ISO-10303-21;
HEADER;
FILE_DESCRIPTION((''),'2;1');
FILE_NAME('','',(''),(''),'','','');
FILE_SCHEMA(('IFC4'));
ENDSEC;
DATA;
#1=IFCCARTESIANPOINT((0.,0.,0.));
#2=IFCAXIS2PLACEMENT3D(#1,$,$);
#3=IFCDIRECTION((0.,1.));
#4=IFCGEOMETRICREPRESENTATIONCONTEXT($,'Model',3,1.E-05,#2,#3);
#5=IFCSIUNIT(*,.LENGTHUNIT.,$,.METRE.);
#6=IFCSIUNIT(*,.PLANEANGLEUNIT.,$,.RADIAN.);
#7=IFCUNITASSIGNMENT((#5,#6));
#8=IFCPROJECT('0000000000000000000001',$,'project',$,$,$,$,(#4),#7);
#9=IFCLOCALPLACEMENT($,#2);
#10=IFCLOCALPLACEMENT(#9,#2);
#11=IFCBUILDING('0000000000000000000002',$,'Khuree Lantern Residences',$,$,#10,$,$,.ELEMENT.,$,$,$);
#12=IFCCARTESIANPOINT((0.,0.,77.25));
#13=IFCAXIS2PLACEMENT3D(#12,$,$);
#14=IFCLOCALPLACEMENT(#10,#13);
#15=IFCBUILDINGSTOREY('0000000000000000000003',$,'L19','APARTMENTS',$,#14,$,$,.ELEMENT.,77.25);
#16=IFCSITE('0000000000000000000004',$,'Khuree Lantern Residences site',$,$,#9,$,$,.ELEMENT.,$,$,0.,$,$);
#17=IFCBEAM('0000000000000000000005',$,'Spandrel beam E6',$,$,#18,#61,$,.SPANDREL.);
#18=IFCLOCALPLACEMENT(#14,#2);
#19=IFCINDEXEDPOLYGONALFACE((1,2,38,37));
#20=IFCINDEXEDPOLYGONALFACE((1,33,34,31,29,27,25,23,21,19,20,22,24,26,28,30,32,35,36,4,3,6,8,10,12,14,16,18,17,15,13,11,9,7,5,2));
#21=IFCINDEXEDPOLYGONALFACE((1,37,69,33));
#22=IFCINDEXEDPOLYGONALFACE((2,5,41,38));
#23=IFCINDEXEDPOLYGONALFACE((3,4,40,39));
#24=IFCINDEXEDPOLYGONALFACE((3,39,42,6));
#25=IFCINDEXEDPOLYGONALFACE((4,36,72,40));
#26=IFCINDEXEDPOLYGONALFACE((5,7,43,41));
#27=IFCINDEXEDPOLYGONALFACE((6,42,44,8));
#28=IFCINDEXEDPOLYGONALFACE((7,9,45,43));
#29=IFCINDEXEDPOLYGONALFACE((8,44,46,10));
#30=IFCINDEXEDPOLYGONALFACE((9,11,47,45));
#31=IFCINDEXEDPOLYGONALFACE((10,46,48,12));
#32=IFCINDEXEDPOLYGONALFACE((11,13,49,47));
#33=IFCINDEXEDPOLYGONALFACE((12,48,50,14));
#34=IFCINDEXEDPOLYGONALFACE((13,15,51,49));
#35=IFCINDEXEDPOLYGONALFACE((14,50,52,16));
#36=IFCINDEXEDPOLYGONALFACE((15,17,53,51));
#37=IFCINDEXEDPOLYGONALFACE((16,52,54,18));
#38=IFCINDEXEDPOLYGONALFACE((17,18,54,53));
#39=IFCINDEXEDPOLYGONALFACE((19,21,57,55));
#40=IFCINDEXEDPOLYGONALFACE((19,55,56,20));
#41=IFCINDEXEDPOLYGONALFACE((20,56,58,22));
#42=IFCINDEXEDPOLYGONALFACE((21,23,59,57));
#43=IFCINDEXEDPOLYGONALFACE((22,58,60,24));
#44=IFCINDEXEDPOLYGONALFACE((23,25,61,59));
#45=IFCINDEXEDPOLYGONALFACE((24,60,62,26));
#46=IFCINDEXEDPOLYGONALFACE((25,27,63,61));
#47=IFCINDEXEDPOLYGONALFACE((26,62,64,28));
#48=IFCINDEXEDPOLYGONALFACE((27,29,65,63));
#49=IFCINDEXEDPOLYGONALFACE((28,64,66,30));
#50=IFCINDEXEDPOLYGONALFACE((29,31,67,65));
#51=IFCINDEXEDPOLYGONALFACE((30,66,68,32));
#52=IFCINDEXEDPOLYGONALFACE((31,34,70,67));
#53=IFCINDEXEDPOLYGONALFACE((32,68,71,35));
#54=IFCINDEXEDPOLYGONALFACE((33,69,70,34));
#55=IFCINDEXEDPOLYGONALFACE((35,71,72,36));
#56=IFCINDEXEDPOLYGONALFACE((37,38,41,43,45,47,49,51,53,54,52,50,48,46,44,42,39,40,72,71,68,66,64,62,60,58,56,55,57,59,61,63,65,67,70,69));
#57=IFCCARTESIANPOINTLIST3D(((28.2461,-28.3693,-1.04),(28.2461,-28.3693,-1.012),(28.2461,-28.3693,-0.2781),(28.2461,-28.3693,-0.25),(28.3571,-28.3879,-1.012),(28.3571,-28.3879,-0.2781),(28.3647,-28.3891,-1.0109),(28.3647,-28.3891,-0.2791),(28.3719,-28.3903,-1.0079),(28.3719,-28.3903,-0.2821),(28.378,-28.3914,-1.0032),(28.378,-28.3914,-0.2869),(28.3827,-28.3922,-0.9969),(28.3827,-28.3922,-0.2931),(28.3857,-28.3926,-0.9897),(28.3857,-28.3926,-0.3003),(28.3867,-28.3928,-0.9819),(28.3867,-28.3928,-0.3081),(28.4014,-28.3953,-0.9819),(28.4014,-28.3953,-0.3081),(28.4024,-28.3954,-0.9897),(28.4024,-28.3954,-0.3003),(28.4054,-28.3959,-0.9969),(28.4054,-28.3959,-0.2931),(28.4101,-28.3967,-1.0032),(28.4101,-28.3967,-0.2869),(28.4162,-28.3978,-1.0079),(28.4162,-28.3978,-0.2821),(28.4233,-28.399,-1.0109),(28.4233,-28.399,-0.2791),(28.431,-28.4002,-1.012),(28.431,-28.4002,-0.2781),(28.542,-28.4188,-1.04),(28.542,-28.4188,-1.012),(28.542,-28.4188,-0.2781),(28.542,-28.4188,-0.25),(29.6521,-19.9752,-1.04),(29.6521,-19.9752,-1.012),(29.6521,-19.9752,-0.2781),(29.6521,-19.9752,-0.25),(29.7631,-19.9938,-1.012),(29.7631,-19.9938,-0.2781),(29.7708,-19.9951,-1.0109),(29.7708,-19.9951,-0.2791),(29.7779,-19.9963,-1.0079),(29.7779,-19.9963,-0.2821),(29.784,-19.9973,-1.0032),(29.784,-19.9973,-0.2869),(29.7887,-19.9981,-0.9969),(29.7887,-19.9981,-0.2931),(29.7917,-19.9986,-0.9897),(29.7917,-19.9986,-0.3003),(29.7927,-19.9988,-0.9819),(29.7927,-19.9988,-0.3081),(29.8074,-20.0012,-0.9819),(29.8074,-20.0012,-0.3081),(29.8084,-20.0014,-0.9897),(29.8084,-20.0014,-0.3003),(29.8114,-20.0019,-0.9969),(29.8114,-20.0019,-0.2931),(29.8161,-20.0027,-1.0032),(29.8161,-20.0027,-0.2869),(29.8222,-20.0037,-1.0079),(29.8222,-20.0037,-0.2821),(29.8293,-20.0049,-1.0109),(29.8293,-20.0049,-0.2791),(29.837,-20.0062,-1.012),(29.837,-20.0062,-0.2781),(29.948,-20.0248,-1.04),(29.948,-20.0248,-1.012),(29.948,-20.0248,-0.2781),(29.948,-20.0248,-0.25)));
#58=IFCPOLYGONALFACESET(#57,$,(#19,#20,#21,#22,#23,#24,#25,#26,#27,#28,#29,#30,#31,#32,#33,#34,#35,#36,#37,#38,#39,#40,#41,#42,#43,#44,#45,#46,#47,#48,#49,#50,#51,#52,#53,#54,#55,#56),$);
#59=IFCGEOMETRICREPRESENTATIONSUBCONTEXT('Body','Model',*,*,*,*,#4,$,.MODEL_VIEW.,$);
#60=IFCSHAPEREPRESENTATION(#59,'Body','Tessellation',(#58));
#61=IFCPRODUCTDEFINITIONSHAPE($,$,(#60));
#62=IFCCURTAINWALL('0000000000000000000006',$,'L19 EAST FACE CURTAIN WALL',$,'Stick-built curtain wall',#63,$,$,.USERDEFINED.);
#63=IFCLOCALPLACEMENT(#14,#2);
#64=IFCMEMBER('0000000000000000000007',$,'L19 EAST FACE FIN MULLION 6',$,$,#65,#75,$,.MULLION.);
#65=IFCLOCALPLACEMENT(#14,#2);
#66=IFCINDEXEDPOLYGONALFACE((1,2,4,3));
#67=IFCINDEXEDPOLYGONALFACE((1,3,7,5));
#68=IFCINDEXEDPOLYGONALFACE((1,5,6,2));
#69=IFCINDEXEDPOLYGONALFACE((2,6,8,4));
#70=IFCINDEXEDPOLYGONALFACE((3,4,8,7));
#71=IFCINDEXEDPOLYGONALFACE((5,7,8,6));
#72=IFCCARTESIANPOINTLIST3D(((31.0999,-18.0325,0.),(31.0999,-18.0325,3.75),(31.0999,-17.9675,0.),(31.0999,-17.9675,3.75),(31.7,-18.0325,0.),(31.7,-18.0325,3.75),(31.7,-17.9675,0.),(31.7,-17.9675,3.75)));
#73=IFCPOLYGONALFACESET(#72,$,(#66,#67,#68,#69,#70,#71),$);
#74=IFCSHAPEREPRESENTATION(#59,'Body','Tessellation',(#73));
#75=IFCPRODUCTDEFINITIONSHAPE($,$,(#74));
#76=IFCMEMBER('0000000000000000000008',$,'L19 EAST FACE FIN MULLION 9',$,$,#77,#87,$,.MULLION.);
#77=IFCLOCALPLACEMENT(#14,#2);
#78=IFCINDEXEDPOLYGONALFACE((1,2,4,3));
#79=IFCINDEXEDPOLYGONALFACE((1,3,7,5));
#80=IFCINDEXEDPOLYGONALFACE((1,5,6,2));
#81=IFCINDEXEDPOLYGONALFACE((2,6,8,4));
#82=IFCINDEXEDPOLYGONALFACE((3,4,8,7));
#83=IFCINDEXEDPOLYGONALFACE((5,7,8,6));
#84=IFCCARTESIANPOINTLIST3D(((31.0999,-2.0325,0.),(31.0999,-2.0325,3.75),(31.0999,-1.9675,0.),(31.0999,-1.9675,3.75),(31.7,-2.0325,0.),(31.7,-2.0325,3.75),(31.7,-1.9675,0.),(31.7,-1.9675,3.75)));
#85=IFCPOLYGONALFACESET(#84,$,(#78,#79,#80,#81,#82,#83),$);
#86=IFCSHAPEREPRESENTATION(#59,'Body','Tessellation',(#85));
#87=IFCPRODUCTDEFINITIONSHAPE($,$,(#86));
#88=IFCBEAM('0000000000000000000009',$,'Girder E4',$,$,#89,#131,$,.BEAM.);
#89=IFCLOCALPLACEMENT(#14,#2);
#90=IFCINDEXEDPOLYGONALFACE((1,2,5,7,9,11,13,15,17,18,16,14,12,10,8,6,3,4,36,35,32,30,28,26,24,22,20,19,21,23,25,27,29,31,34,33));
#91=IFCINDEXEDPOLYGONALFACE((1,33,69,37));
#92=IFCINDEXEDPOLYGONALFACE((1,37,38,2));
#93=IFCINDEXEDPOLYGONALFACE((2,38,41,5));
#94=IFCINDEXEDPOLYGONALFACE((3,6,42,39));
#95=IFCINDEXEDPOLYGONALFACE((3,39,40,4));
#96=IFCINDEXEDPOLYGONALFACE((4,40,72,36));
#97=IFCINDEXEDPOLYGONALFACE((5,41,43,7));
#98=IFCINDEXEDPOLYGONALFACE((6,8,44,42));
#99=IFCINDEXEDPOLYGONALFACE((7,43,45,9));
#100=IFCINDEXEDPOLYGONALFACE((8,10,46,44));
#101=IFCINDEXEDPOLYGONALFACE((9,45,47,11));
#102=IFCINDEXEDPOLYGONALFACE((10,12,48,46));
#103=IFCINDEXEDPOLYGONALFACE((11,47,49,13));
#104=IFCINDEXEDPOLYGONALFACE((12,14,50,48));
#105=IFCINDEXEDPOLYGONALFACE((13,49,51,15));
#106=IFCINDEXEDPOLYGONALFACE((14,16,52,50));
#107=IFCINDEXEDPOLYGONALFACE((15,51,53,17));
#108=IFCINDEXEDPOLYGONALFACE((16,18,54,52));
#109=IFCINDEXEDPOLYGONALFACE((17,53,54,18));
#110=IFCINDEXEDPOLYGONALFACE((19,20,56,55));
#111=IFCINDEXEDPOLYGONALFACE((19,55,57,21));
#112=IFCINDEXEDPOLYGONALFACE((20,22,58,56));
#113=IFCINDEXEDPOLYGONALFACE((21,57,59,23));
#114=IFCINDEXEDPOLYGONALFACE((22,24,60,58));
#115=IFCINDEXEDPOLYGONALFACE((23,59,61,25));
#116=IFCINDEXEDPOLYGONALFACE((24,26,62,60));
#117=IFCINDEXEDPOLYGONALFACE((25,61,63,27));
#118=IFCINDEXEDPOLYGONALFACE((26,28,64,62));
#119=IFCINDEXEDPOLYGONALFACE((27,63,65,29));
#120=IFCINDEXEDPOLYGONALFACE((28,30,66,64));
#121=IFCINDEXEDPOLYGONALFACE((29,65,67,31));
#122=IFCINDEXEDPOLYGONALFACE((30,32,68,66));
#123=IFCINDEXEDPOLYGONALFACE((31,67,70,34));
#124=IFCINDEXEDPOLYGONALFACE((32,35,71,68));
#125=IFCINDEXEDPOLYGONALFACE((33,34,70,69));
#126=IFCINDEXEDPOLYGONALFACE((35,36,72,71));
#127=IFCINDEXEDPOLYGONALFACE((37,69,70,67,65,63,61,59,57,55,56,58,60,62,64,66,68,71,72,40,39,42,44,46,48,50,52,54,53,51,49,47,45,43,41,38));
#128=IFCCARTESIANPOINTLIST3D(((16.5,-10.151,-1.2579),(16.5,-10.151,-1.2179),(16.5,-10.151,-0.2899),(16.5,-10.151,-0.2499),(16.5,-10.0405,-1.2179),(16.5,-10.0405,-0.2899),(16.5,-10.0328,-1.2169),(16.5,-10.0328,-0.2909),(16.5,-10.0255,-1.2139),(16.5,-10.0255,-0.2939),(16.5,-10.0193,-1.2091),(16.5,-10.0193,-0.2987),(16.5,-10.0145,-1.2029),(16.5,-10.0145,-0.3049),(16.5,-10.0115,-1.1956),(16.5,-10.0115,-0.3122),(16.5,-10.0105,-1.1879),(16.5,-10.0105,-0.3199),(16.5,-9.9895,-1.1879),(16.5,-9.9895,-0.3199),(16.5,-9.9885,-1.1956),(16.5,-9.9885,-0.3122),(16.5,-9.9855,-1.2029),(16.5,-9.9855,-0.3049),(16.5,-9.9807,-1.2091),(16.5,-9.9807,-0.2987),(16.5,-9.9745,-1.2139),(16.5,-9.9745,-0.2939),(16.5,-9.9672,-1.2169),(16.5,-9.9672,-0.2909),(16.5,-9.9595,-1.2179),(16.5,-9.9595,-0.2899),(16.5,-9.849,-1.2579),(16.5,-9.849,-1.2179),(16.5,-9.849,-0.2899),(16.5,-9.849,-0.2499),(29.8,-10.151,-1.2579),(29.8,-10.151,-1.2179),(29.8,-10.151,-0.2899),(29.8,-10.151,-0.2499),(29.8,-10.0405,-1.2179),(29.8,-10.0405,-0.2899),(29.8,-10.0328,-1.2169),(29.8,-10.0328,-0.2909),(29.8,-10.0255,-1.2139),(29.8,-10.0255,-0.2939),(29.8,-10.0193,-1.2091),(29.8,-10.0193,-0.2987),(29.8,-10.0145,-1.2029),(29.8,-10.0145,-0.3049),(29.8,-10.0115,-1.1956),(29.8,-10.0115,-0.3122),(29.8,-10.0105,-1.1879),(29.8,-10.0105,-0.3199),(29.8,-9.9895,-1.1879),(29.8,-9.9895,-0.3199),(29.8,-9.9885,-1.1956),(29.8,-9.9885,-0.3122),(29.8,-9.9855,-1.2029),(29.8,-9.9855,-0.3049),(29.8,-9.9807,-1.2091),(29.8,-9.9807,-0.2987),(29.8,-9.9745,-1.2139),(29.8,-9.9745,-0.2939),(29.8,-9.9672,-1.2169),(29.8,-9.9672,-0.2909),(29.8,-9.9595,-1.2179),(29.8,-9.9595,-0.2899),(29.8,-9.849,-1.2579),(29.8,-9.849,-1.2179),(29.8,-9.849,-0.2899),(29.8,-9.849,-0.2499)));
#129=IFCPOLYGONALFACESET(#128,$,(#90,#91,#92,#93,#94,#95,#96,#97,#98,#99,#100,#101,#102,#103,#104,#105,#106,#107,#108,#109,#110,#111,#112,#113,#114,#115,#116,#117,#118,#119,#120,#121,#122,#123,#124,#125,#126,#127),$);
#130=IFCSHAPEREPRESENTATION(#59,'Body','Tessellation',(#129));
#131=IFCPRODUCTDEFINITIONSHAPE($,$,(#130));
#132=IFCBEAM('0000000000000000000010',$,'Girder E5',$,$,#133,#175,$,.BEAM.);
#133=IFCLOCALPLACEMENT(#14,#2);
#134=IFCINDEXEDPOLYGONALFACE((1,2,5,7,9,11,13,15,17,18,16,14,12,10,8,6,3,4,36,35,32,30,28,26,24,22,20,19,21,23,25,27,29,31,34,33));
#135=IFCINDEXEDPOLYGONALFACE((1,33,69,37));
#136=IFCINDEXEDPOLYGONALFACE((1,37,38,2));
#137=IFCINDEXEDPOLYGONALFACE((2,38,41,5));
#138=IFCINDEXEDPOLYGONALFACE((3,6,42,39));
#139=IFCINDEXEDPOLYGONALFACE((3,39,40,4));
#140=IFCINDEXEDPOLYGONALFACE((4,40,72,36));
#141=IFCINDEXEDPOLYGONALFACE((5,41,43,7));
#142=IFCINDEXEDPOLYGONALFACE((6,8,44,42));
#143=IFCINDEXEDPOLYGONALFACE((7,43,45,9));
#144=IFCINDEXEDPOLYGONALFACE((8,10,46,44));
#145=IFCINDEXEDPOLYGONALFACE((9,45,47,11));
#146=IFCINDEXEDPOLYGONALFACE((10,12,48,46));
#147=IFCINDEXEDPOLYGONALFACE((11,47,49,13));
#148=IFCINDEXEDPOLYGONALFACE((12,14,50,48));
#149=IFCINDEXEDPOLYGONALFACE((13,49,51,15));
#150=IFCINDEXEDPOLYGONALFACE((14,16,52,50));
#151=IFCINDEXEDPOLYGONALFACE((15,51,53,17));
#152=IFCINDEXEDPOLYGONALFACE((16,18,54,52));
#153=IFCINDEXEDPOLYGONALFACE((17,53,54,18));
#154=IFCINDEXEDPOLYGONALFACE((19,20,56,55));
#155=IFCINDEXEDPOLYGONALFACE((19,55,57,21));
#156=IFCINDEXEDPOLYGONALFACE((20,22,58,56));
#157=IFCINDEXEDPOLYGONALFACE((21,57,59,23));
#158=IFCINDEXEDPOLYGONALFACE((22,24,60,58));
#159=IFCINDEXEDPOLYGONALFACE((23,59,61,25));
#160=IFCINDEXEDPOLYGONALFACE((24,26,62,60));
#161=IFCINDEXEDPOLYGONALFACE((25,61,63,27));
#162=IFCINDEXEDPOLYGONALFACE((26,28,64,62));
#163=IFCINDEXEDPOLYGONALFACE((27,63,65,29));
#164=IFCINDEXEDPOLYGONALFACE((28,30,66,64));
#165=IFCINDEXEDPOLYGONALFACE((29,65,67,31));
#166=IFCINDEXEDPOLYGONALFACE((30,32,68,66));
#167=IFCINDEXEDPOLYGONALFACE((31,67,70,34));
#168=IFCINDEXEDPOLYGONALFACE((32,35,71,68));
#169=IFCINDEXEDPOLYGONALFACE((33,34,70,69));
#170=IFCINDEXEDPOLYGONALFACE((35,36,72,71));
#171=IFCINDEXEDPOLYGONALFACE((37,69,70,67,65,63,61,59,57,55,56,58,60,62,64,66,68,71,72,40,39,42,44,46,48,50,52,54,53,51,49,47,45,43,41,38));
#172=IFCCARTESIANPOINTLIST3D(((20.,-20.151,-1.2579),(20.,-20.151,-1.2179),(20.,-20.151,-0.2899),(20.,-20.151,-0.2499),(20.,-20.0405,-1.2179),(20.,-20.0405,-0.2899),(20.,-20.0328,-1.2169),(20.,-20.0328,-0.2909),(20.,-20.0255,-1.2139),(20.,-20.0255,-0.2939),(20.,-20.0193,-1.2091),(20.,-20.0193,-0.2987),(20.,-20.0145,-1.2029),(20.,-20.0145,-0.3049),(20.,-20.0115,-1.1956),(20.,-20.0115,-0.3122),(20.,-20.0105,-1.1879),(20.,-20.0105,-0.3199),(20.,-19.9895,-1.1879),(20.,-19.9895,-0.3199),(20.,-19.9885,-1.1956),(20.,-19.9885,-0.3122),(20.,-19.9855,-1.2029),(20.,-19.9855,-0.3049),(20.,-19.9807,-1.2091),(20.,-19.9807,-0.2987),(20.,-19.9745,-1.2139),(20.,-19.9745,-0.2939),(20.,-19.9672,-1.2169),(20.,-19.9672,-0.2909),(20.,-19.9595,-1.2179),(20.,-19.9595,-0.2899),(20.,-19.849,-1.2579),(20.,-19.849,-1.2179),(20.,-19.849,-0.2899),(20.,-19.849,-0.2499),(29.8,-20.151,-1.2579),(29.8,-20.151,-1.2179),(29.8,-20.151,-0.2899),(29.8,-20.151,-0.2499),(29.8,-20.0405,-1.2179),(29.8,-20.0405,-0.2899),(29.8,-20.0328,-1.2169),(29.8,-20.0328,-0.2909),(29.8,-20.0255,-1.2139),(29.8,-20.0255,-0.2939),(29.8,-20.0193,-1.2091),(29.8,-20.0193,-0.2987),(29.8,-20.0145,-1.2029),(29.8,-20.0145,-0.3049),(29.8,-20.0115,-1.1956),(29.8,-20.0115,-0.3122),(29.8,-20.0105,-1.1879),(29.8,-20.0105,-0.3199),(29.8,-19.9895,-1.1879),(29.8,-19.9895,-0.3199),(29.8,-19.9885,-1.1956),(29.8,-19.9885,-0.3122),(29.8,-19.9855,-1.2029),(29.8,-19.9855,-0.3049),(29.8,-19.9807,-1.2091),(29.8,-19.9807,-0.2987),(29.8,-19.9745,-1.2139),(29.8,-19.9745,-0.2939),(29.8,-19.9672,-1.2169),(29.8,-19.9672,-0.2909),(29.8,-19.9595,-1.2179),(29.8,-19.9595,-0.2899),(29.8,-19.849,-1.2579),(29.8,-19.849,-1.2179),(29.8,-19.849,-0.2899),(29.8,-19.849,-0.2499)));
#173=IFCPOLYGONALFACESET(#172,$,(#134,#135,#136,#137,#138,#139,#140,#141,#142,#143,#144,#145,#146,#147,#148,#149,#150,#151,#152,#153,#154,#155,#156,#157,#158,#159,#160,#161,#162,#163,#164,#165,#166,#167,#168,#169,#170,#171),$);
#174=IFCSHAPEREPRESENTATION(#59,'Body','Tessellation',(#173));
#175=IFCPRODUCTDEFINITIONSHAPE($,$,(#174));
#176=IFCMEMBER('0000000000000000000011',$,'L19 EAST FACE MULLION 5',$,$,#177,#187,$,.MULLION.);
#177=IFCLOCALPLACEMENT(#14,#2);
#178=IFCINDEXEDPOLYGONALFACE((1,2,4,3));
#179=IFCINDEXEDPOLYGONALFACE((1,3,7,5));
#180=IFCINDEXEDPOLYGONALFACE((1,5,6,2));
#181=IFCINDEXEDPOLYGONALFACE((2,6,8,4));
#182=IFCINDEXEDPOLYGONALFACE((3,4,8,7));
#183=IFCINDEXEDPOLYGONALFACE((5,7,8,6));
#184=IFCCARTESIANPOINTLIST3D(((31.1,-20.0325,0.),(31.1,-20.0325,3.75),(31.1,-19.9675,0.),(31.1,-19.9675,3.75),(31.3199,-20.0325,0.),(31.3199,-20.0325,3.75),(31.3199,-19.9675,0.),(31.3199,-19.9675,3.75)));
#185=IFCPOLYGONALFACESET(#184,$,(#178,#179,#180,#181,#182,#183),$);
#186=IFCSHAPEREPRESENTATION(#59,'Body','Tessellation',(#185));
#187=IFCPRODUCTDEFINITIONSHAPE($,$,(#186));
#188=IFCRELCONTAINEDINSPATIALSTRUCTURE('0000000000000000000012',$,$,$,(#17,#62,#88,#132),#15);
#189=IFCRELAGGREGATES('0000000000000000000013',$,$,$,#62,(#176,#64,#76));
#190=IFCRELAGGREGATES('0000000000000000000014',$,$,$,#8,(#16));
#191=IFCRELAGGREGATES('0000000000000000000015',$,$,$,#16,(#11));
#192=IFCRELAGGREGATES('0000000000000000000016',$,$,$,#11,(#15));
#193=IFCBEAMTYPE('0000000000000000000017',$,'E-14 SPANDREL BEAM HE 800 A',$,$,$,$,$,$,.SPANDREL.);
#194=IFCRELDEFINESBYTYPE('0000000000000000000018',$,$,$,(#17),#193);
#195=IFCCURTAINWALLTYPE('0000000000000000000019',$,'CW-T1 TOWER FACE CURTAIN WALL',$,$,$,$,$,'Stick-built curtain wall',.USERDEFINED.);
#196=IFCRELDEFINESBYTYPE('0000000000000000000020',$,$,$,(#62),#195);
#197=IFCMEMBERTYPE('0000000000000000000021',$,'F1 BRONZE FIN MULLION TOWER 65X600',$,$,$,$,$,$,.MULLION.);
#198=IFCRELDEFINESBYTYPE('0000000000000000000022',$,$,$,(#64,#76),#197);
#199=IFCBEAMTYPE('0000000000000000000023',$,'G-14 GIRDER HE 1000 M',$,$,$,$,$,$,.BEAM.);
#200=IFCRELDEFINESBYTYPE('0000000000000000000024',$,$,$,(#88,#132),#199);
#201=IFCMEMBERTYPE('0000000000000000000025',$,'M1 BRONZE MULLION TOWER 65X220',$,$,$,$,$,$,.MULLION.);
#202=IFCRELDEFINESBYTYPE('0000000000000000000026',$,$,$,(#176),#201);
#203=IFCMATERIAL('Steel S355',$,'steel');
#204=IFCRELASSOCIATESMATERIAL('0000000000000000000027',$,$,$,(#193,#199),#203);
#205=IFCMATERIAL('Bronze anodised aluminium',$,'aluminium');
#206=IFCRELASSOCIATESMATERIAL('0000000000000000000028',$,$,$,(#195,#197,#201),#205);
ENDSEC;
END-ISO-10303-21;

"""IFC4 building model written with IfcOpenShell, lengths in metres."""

from ifc_helpers import new_model, si_unit, direction, frame, origin, origin_2d, place, context, subcontext, project, spatial, rectangle, i_section, extrude, material, material_profile, profile_set, type_object, element, aggregate, save


model = new_model("IFC4")

# Units and contexts
model_context = context("Model", 3, precision=1e-05, world=origin(), true_north=direction((0.0, 1.0)))
body_context = subcontext(model_context, "Body", "Model", "MODEL_VIEW")
ifc_project = project(units=[si_unit("LENGTHUNIT", "METRE"), si_unit("PLANEANGLEUNIT", "RADIAN")], contexts=[model_context])

# Site, building, storey
site_placement = place(None, origin())
site = spatial("IfcSite", under=ifc_project, at=site_placement, Name="Khuree Lantern Residences site", CompositionType="ELEMENT", RefElevation=0.0)
building_placement = place(site_placement, origin())
building = spatial("IfcBuilding", under=site, at=building_placement, Name="Khuree Lantern Residences", CompositionType="ELEMENT")
storey_placement = place(building_placement, frame((0.0, 0.0, 77.25)))
storey = spatial("IfcBuildingStorey", under=building, at=storey_placement, Name="L19", Description="APARTMENTS", CompositionType="ELEMENT", Elevation=77.25)

# Beam
ifc_material_1 = material(Name="Steel S355", Category="steel")
ifc_material_profile_1 = material_profile(ifc_material_1, i_section(OverallWidth=0.3, OverallDepth=0.79, WebThickness=0.0149, FlangeThickness=0.0281, FilletRadius=0.03, at=origin_2d()), Name="HE 800 A")
ifc_profile_set_1 = profile_set([ifc_material_profile_1], Name="Steel S355")
beam_type_1 = type_object("IfcBeamType", Name="E-14 SPANDREL BEAM HE 800 A", PredefinedType="SPANDREL", material=ifc_profile_set_1)
beam_1_placement = place(storey_placement, frame((29.8, -20.0, -0.645), z_axis=(-0.165199, -0.98626, 0.0), x_axis=(0.98626, -0.165199, 0.0)))
element("IfcBeam", 1, at=beam_1_placement, inside=storey, type_object=beam_type_1, Name="Spandrel beam E6", PredefinedType="SPANDREL", context=body_context, shape_type="SweptSolid", body=[
    extrude(i_section(OverallWidth=0.3, OverallDepth=0.79, WebThickness=0.0149, FlangeThickness=0.0281, FilletRadius=0.03, at=origin_2d()), origin(), (0.0, 0.0, 1.0), 8.511),
])

# Curtain wall, members
ifc_material_2 = material(Name="Bronze anodised aluminium", Category="aluminium")
curtain_wall_type = type_object("IfcCurtainWallType", Name="CW-T1 TOWER FACE CURTAIN WALL", ElementType="Stick-built curtain wall", PredefinedType="USERDEFINED", material=ifc_material_2)
curtain_wall_placement = place(storey_placement, origin())
curtain_wall = element("IfcCurtainWall", 2, at=curtain_wall_placement, inside=storey, type_object=curtain_wall_type, Name="L19 EAST FACE CURTAIN WALL", ObjectType="Stick-built curtain wall", PredefinedType="USERDEFINED")
ifc_material_profile_2 = material_profile(ifc_material_2, rectangle(XDim=0.0649, YDim=0.6001, at=origin_2d()), Name="F1 65X600")
ifc_profile_set_2 = profile_set([ifc_material_profile_2], Name="Bronze anodised aluminium")
member_type_1 = type_object("IfcMemberType", Name="F1 BRONZE FIN MULLION TOWER 65X600", PredefinedType="MULLION", material=ifc_profile_set_2)
member_1_placement = place(storey_placement, frame((31.3999, -18.0, 0.0), z_axis=(0.0, 0.0, 1.0), x_axis=(0.0, 1.0, 0.0)))
member_1 = element("IfcMember", 3, at=member_1_placement, type_object=member_type_1, Name="L19 EAST FACE FIN MULLION 6", PredefinedType="MULLION", context=body_context, shape_type="SweptSolid", body=[
    extrude(rectangle(XDim=0.0649, YDim=0.6001, at=origin_2d()), origin(), (0.0, 0.0, 1.0), 3.75),
])
member_2_placement = place(storey_placement, frame((31.3999, -2.0, 0.0), z_axis=(0.0, 0.0, 1.0), x_axis=(0.0, 1.0, 0.0)))
member_2 = element("IfcMember", 4, at=member_2_placement, type_object=member_type_1, Name="L19 EAST FACE FIN MULLION 9", PredefinedType="MULLION", context=body_context, shape_type="SweptSolid", body=[
    extrude(rectangle(XDim=0.0649, YDim=0.6001, at=origin_2d()), origin(), (0.0, 0.0, 1.0), 3.75),
])

# Beams
ifc_material_profile_3 = material_profile(ifc_material_1, i_section(OverallWidth=0.302, OverallDepth=1.0081, WebThickness=0.021, FlangeThickness=0.04, FilletRadius=0.03, at=origin_2d()), Name="HE 1000 M")
ifc_profile_set_3 = profile_set([ifc_material_profile_3], Name="Steel S355")
beam_type_2 = type_object("IfcBeamType", Name="G-14 GIRDER HE 1000 M", PredefinedType="BEAM", material=ifc_profile_set_3)
beam_2_placement = place(storey_placement, frame((29.8, -10.0, -0.7539), z_axis=(-1.0, 0.0, 0.0), x_axis=(0.0, -1.0, 0.0)))
element("IfcBeam", 5, at=beam_2_placement, inside=storey, type_object=beam_type_2, Name="Girder E4", PredefinedType="BEAM", context=body_context, shape_type="SweptSolid", body=[
    extrude(i_section(OverallWidth=0.302, OverallDepth=1.0081, WebThickness=0.021, FlangeThickness=0.04, FilletRadius=0.03, at=origin_2d()), origin(), (0.0, 0.0, 1.0), 13.3),
])
beam_3_placement = place(storey_placement, frame((29.8, -20.0, -0.7539), z_axis=(-1.0, 0.0, 0.0), x_axis=(0.0, -1.0, 0.0)))
element("IfcBeam", 6, at=beam_3_placement, inside=storey, type_object=beam_type_2, Name="Girder E5", PredefinedType="BEAM", context=body_context, shape_type="SweptSolid", body=[
    extrude(i_section(OverallWidth=0.302, OverallDepth=1.0081, WebThickness=0.021, FlangeThickness=0.04, FilletRadius=0.03, at=origin_2d()), origin(), (0.0, 0.0, 1.0), 9.8),
])

# Member
ifc_material_profile_4 = material_profile(ifc_material_2, rectangle(XDim=0.0649, YDim=0.22, at=origin_2d()), Name="M1 65X220")
ifc_profile_set_4 = profile_set([ifc_material_profile_4], Name="Bronze anodised aluminium")
member_type_2 = type_object("IfcMemberType", Name="M1 BRONZE MULLION TOWER 65X220", PredefinedType="MULLION", material=ifc_profile_set_4)
member_3_placement = place(storey_placement, frame((31.21, -20.0, 0.0), z_axis=(0.0, 0.0, 1.0), x_axis=(0.0, 1.0, 0.0)))
member_3 = element("IfcMember", 7, at=member_3_placement, type_object=member_type_2, Name="L19 EAST FACE MULLION 5", PredefinedType="MULLION", context=body_context, shape_type="SweptSolid", body=[
    extrude(rectangle(XDim=0.0649, YDim=0.22, at=origin_2d()), origin(), (0.0, 0.0, 1.0), 3.75),
])

aggregate(curtain_wall, [member_3, member_1, member_2])

save(model, "model.ifc")
